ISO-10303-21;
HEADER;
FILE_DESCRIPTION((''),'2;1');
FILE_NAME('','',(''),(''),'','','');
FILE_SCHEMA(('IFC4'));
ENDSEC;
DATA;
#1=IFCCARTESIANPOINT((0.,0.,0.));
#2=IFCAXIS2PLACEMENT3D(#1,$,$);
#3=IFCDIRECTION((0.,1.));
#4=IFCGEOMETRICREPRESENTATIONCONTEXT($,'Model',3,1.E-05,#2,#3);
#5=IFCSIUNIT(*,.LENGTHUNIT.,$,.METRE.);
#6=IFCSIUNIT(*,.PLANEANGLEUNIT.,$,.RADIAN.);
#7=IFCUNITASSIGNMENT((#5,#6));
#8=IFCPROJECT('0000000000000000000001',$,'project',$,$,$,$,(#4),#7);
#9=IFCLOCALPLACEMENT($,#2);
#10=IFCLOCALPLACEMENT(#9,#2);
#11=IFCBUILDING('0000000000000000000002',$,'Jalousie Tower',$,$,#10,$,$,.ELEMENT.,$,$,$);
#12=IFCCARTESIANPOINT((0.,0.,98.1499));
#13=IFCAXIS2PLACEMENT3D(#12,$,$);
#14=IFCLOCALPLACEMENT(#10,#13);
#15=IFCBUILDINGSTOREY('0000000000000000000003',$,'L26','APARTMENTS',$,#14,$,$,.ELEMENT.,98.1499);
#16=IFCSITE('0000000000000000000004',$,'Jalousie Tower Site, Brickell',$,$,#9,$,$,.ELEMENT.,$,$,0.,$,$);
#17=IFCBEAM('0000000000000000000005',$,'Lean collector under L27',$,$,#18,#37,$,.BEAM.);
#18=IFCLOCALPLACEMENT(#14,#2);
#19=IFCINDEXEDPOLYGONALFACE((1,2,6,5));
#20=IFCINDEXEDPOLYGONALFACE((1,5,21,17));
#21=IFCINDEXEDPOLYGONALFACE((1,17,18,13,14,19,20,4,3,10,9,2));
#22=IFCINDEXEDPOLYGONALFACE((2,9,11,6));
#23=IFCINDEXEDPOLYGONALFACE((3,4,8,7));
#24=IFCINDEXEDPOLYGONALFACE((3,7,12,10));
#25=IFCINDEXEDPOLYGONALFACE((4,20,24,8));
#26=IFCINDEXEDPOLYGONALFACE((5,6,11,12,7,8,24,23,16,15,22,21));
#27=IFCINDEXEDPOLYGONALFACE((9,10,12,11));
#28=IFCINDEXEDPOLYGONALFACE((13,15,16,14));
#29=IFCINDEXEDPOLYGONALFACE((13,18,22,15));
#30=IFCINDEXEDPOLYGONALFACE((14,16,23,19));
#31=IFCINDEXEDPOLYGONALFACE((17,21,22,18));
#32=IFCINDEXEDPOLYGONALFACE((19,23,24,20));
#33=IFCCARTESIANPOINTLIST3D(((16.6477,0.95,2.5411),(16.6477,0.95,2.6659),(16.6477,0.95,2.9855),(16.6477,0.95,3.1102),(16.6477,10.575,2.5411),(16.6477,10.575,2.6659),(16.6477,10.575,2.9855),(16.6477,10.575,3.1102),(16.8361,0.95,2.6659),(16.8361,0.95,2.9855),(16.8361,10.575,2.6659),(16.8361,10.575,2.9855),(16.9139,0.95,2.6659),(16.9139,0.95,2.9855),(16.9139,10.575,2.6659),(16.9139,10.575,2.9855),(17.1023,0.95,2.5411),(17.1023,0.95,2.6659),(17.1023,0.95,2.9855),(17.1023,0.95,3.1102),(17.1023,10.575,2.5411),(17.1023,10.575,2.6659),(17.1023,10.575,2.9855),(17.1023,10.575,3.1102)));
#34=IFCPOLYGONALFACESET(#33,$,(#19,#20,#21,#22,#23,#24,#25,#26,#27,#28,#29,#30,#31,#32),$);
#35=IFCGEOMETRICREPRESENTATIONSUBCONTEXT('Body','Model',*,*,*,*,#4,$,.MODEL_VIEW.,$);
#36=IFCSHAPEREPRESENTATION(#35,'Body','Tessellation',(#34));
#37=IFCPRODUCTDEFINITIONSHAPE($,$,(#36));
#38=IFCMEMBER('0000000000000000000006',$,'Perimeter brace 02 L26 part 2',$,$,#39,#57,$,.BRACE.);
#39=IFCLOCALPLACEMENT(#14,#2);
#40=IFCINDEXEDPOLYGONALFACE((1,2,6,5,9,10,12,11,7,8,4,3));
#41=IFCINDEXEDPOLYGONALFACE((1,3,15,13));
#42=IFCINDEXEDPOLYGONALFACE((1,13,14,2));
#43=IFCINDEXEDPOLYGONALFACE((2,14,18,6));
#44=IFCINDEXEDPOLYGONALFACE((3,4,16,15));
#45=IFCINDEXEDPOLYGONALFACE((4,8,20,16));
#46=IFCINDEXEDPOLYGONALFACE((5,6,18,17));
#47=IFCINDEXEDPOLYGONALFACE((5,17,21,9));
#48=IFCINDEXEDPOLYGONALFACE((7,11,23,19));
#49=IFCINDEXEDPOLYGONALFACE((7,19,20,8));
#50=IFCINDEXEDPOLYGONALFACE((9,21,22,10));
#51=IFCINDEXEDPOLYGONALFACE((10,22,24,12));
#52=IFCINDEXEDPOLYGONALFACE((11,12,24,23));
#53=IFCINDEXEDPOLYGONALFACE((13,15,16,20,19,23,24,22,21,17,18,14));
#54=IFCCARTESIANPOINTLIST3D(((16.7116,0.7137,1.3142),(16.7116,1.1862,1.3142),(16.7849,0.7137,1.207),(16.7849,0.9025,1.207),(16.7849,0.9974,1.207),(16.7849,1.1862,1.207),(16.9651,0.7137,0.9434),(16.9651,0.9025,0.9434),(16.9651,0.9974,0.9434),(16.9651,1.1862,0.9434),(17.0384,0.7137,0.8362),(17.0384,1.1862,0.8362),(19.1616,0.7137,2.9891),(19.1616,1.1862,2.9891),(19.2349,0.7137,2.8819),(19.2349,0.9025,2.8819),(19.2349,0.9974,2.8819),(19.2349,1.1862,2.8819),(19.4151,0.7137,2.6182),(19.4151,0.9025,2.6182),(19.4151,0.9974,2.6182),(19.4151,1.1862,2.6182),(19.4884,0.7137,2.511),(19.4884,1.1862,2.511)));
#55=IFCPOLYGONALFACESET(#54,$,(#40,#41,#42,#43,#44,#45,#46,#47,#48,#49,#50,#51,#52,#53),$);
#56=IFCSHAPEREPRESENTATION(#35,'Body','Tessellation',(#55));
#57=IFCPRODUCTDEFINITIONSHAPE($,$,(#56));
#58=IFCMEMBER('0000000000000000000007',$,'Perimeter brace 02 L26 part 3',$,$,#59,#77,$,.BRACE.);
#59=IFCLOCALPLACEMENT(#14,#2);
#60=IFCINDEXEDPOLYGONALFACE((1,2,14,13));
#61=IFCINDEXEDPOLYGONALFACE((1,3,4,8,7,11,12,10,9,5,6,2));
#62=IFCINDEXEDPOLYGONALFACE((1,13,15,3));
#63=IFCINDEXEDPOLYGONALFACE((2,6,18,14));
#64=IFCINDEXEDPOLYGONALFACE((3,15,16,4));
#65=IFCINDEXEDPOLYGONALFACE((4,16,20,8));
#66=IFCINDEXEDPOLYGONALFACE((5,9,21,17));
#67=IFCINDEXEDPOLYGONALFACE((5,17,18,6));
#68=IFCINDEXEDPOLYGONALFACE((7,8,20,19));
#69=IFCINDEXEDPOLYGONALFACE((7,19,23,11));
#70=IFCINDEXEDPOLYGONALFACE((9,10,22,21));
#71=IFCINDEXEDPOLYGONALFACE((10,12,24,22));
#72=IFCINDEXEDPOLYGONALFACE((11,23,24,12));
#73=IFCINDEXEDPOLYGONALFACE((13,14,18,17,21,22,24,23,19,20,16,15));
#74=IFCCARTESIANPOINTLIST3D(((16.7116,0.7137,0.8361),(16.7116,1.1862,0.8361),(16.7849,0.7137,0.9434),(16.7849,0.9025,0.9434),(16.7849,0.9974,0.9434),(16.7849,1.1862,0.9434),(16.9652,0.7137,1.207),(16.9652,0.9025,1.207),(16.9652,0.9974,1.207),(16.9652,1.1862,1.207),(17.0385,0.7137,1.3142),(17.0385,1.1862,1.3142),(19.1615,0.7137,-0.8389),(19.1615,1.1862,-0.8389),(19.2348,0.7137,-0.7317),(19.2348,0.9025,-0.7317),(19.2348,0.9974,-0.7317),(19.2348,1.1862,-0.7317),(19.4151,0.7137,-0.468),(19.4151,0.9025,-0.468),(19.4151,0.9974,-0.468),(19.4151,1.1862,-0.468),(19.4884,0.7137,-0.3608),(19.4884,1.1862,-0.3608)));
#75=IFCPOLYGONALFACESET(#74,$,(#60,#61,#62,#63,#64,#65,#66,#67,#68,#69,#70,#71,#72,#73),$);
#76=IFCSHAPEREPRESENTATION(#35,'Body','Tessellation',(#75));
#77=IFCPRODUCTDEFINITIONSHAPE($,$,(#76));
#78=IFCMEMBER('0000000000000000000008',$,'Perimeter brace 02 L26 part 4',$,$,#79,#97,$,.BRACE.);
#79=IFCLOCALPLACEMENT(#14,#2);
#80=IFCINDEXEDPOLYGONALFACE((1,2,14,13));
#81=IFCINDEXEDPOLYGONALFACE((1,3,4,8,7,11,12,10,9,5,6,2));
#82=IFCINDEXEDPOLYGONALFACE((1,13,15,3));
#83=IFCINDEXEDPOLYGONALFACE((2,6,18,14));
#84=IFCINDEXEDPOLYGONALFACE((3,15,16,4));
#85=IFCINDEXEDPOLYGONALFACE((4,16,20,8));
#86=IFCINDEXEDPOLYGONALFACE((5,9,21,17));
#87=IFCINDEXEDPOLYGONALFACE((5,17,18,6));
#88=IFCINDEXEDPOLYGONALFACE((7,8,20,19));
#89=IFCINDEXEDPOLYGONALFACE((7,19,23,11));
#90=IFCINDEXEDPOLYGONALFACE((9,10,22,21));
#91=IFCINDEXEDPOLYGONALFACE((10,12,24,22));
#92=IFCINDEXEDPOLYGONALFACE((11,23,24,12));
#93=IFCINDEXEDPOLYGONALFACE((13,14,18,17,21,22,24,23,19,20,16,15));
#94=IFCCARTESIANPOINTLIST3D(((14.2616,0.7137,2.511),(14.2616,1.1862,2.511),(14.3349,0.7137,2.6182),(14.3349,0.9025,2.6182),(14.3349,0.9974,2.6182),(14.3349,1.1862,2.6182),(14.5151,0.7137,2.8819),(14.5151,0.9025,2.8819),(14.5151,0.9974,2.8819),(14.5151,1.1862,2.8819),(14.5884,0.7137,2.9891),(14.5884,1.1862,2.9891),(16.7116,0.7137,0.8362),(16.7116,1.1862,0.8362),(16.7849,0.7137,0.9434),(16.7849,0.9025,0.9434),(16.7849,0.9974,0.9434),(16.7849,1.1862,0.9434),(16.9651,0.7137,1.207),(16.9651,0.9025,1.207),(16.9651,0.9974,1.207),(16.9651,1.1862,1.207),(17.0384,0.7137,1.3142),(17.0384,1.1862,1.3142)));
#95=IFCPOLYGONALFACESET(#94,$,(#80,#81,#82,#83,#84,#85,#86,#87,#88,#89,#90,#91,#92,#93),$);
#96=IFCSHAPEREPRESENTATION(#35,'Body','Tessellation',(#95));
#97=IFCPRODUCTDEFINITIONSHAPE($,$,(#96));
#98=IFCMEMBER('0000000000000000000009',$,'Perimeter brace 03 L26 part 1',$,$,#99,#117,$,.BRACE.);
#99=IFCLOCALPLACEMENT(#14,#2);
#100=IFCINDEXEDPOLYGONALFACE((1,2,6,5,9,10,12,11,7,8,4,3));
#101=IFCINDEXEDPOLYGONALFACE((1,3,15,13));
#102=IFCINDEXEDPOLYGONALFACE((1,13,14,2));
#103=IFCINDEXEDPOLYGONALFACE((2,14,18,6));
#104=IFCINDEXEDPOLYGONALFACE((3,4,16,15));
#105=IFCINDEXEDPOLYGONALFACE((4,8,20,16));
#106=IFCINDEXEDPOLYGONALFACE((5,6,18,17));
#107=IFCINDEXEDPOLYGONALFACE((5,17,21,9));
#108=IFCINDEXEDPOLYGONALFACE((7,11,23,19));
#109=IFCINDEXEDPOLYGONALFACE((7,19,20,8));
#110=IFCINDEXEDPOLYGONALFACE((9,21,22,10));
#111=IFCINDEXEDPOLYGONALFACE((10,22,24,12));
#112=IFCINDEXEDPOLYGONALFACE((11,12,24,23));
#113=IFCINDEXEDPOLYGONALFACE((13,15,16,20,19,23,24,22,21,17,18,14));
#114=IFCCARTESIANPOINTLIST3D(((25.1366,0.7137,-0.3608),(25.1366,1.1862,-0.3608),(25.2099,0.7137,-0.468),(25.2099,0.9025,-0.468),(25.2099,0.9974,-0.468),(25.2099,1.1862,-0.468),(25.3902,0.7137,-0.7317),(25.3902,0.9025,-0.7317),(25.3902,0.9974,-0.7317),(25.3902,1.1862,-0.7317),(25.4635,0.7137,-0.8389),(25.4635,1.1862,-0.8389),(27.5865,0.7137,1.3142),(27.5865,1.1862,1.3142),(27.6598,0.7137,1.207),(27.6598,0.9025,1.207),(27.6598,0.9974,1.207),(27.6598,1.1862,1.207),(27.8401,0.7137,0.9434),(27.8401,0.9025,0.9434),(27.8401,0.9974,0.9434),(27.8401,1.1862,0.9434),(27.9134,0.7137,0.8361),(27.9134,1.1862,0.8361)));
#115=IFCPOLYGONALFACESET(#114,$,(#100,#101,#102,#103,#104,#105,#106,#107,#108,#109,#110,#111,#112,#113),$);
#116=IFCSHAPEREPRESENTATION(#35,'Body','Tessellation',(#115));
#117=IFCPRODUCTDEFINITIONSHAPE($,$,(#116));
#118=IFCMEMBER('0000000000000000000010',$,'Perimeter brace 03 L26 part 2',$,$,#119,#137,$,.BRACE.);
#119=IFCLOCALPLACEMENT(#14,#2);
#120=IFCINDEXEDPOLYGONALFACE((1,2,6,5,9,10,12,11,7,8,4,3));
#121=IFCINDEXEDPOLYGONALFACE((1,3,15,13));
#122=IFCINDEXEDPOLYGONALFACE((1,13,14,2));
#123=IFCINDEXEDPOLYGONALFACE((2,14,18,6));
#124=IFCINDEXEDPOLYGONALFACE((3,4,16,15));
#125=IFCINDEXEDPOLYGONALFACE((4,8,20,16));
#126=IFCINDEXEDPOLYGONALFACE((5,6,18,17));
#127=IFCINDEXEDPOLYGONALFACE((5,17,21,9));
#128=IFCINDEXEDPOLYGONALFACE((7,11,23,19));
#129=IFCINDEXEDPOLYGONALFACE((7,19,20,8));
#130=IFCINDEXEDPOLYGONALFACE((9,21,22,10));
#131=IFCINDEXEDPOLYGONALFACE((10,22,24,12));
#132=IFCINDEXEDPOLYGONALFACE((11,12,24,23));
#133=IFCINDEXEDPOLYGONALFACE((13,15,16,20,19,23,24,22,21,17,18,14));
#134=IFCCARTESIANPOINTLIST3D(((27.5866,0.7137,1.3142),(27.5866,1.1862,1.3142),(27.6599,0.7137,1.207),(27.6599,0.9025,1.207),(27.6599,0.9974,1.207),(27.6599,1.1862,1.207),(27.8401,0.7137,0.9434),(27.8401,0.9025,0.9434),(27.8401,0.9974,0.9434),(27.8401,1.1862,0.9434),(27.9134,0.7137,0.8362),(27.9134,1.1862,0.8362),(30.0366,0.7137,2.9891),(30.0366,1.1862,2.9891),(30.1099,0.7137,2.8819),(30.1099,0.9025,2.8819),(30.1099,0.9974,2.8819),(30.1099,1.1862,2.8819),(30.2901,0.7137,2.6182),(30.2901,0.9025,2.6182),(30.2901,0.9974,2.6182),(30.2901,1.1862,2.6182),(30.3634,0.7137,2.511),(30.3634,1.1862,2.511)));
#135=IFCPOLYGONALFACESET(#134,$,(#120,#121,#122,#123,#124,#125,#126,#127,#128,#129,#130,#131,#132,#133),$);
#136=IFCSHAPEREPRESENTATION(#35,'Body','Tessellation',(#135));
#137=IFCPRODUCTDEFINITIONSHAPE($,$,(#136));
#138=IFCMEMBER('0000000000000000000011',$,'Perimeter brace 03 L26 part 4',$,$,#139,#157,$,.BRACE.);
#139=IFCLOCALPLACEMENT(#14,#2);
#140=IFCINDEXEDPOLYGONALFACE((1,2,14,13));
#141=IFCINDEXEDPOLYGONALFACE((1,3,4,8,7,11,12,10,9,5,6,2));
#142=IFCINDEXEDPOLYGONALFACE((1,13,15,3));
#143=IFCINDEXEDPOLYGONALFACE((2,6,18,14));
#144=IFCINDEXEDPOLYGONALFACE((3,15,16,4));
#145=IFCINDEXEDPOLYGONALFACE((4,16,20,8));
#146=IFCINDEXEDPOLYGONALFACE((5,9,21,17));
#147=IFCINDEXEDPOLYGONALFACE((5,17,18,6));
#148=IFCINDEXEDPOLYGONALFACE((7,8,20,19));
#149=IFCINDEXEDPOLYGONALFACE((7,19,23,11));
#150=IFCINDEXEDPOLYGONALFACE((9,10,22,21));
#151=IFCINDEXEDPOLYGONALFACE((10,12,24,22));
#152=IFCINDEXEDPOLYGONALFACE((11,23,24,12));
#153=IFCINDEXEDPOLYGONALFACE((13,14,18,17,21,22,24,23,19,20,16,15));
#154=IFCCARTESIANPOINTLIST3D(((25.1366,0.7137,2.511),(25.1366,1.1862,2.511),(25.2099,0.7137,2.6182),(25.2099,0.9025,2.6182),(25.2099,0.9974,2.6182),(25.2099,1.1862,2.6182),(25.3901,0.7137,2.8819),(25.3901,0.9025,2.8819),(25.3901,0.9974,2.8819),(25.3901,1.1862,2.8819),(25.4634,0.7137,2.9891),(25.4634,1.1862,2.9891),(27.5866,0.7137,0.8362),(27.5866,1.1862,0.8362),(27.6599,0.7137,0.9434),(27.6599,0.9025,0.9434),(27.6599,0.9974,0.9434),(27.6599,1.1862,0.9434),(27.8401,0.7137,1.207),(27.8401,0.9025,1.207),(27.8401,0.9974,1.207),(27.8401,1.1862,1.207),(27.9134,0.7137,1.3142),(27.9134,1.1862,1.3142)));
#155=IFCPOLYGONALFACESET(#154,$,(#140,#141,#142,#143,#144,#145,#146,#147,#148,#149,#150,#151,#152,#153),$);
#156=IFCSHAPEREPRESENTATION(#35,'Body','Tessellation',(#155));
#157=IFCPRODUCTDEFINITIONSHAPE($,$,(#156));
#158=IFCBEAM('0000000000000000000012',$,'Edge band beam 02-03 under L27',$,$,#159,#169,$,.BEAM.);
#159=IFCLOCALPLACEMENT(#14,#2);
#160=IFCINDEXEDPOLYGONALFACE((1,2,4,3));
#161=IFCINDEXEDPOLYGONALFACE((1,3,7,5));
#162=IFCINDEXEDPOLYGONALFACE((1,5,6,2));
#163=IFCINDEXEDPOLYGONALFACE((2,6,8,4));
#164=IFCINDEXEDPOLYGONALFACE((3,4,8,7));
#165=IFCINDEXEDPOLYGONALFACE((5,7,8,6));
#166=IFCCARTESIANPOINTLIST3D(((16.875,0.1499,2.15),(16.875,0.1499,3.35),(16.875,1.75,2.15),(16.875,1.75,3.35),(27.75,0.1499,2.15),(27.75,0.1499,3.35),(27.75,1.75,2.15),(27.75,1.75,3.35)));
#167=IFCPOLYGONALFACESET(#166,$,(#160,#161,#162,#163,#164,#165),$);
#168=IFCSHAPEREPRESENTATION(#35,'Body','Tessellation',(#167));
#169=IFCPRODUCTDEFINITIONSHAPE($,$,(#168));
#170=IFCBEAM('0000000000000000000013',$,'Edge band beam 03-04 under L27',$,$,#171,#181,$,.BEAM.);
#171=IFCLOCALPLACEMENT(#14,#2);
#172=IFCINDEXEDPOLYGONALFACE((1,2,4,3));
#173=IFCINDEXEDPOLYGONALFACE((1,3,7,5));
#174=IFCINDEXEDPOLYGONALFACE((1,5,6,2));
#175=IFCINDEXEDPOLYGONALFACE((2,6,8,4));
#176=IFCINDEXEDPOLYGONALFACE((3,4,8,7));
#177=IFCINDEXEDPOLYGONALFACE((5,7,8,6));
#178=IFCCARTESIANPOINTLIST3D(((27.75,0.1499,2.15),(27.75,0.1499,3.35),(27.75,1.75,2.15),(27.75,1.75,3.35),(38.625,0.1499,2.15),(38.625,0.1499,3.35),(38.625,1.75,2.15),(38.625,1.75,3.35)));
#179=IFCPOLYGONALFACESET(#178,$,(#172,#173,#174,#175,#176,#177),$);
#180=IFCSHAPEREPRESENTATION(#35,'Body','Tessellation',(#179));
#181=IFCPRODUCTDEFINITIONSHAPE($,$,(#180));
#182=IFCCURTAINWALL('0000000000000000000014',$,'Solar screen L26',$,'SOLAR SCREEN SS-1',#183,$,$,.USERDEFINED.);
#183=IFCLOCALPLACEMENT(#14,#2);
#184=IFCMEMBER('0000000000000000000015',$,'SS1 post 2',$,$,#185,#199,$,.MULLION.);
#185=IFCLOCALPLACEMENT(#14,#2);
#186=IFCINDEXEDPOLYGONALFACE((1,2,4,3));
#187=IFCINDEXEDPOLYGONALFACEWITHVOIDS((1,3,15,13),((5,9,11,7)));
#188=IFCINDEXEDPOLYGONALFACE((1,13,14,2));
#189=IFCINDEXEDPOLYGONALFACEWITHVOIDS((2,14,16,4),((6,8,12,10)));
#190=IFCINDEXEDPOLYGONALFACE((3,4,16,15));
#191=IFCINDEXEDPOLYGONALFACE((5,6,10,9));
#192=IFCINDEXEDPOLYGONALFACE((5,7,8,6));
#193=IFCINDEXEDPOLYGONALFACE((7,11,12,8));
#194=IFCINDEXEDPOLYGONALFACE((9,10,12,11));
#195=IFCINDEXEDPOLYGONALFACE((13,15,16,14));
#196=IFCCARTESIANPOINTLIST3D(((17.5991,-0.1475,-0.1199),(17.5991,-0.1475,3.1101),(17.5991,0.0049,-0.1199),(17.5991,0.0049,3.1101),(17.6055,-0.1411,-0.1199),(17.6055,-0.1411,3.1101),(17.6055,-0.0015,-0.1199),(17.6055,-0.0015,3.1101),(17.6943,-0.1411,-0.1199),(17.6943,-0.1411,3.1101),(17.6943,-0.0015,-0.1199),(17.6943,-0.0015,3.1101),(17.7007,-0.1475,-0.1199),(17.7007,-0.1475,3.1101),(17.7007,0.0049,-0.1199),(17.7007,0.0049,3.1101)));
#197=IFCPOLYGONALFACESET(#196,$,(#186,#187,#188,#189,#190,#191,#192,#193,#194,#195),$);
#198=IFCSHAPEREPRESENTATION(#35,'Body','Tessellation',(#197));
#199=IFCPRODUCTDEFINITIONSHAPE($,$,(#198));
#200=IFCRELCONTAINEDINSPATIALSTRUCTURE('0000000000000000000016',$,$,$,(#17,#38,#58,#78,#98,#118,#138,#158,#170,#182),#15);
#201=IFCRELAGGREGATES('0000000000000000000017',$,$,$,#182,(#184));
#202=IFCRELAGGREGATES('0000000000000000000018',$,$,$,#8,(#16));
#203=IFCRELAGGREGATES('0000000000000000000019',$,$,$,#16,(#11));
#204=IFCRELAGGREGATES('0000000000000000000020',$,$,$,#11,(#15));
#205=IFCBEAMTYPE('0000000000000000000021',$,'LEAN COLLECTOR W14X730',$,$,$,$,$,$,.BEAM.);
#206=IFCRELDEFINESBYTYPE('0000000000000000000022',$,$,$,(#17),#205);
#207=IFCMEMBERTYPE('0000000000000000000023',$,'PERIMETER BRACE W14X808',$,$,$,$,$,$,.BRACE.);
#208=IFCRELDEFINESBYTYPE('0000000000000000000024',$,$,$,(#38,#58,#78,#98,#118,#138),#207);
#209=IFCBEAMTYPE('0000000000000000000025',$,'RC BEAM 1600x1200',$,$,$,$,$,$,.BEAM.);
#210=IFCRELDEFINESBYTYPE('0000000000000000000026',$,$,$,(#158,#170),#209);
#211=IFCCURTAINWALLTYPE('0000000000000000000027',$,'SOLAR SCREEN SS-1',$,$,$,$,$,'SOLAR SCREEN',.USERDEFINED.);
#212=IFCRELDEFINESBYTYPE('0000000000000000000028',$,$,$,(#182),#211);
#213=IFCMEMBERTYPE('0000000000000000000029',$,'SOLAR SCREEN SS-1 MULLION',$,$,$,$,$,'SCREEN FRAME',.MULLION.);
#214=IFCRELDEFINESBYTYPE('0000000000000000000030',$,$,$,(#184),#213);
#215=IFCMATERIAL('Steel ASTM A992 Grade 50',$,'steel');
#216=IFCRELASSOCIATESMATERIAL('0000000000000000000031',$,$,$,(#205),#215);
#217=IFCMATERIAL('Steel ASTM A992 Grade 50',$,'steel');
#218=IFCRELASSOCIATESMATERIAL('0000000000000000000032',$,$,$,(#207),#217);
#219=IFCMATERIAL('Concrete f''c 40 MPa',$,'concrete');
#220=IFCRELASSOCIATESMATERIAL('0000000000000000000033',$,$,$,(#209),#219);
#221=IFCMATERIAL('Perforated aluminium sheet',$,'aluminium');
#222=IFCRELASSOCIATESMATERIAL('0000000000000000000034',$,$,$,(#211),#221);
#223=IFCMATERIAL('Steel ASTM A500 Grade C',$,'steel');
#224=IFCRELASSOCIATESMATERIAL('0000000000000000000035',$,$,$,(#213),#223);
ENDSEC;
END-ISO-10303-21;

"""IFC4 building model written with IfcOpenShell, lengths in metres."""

from ifc_helpers import new_model, si_unit, direction, frame, origin, origin_2d, place, context, subcontext, project, spatial, rectangle, hollow_rectangle, i_section, extrude, material, material_profile, profile_set, type_object, element, aggregate, save


model = new_model("IFC4")

# Units and contexts
model_context = context("Model", 3, precision=1e-05, world=origin(), true_north=direction((0.0, 1.0)))
body_context = subcontext(model_context, "Body", "Model", "MODEL_VIEW")
ifc_project = project(units=[si_unit("LENGTHUNIT", "METRE"), si_unit("PLANEANGLEUNIT", "RADIAN")], contexts=[model_context])

# Site, building, storey
site_placement = place(None, origin())
site = spatial("IfcSite", under=ifc_project, at=site_placement, Name="Jalousie Tower Site, Brickell", CompositionType="ELEMENT", RefElevation=0.0)
building_placement = place(site_placement, origin())
building = spatial("IfcBuilding", under=site, at=building_placement, Name="Jalousie Tower", CompositionType="ELEMENT")
storey_placement = place(building_placement, frame((0.0, 0.0, 98.1499)))
storey = spatial("IfcBuildingStorey", under=building, at=storey_placement, Name="L26", Description="APARTMENTS", CompositionType="ELEMENT", Elevation=98.1499)

# Beam
ifc_material_1 = material(Name="Steel ASTM A992 Grade 50", Category="steel")
ifc_material_profile_1 = material_profile(ifc_material_1, i_section(OverallWidth=0.4546, OverallDepth=0.5691, WebThickness=0.0779, FlangeThickness=0.1248, at=origin_2d()), Name="W14X730")
ifc_profile_set_1 = profile_set([ifc_material_profile_1], Name="Steel ASTM A992 Grade 50")
beam_type_1 = type_object("IfcBeamType", Name="LEAN COLLECTOR W14X730", PredefinedType="BEAM", material=ifc_profile_set_1)
beam_placement = place(storey_placement, frame((16.875, 0.95, 2.8257), z_axis=(0.0, 1.0, 0.0), x_axis=(-1.0, 0.0, 0.0)))
element("IfcBeam", 1, at=beam_placement, inside=storey, type_object=beam_type_1, Name="Lean collector under L27", PredefinedType="BEAM", context=body_context, shape_type="SweptSolid", body=[
    extrude(i_section(OverallWidth=0.4546, OverallDepth=0.5691, WebThickness=0.0779, FlangeThickness=0.1248, at=origin_2d()), origin(), (0.0, 0.0, 1.0), 9.625),
])

# Members
ifc_material_2 = material(Name="Steel ASTM A992 Grade 50", Category="steel")
ifc_material_profile_2 = material_profile(ifc_material_2, i_section(OverallWidth=0.4724, OverallDepth=0.5791, WebThickness=0.095, FlangeThickness=0.1299, at=origin_2d()), Name="W14X808")
ifc_profile_set_2 = profile_set([ifc_material_profile_2], Name="Steel ASTM A992 Grade 50")
member_type_1 = type_object("IfcMemberType", Name="PERIMETER BRACE W14X808", PredefinedType="BRACE", material=ifc_profile_set_2)
for number, where, z_axis, x_axis, name in (
    (2, (16.875, 0.95, 1.0752), (0.825539, 0.0, 0.564345), (0.0, 1.0, 0.0), "Perimeter brace 02 L26 part 2"),
    (3, (19.325, 0.95, -0.5999), (-0.825501, 0.0, 0.564401), (0.0, -1.0, 0.0), "Perimeter brace 02 L26 part 3"),
    (4, (16.875, 0.95, 1.0752), (-0.825539, 0.0, 0.564345), (0.0, -1.0, 0.0), "Perimeter brace 02 L26 part 4"),
    (5, (25.3, 0.95, -0.5999), (0.825501, 0.0, 0.564401), (0.0, 1.0, 0.0), "Perimeter brace 03 L26 part 1"),
    (6, (27.75, 0.95, 1.0752), (0.825539, 0.0, 0.564345), (0.0, 1.0, 0.0), "Perimeter brace 03 L26 part 2"),
    (7, (27.75, 0.95, 1.0752), (-0.825539, 0.0, 0.564345), (0.0, -1.0, 0.0), "Perimeter brace 03 L26 part 4"),
):
    element("IfcMember", number, at=place(storey_placement, frame(where, z_axis=z_axis, x_axis=x_axis)), inside=storey, type_object=member_type_1, Name=name, PredefinedType="BRACE", context=body_context, shape_type="SweptSolid", body=[
        extrude(i_section(OverallWidth=0.4724, OverallDepth=0.5791, WebThickness=0.095, FlangeThickness=0.1299, at=origin_2d()), origin(), (0.0, 0.0, 1.0), 2.9678),
    ])

# Beams
ifc_material_3 = material(Name="Concrete f'c 40 MPa", Category="concrete")
ifc_material_profile_3 = material_profile(ifc_material_3, rectangle(XDim=1.6001, YDim=1.2, at=origin_2d()), Name="RC 1600x1200")
ifc_profile_set_3 = profile_set([ifc_material_profile_3], Name="Concrete f'c 40 MPa")
beam_type_2 = type_object("IfcBeamType", Name="RC BEAM 1600x1200", PredefinedType="BEAM", material=ifc_profile_set_3)
for number, where, z_axis, x_axis, name in (
    (8, (16.875, 0.95, 2.75), (1.0, 0.0, 0.0), (0.0, 1.0, 0.0), "Edge band beam 02-03 under L27"),
    (9, (27.75, 0.95, 2.75), (1.0, 0.0, 0.0), (0.0, 1.0, 0.0), "Edge band beam 03-04 under L27"),
):
    element("IfcBeam", number, at=place(storey_placement, frame(where, z_axis=z_axis, x_axis=x_axis)), inside=storey, type_object=beam_type_2, Name=name, PredefinedType="BEAM", context=body_context, shape_type="SweptSolid", body=[
        extrude(rectangle(XDim=1.6001, YDim=1.2, at=origin_2d()), origin(), (0.0, 0.0, 1.0), 10.875),
    ])

# Curtain wall, member
ifc_material_4 = material(Name="Perforated aluminium sheet", Category="aluminium")
curtain_wall_type = type_object("IfcCurtainWallType", Name="SOLAR SCREEN SS-1", ElementType="SOLAR SCREEN", PredefinedType="USERDEFINED", material=ifc_material_4)
curtain_wall_1_placement = place(storey_placement, origin())
curtain_wall_1 = element("IfcCurtainWall", 10, at=curtain_wall_1_placement, inside=storey, type_object=curtain_wall_type, Name="Solar screen L26", ObjectType="SOLAR SCREEN SS-1", PredefinedType="USERDEFINED")
ifc_material_5 = material(Name="Steel ASTM A500 Grade C", Category="steel")
ifc_material_profile_4 = material_profile(ifc_material_5, hollow_rectangle(XDim=0.1016, YDim=0.1523, WallThickness=0.0063, at=origin_2d()), Name="HSS6X4X1/4")
ifc_profile_set_4 = profile_set([ifc_material_profile_4], Name="Steel ASTM A500 Grade C")
member_type_2 = type_object("IfcMemberType", Name="SOLAR SCREEN SS-1 MULLION", ElementType="SCREEN FRAME", PredefinedType="MULLION", material=ifc_profile_set_4)
member_1_placement = place(storey_placement, frame((17.6499, -0.0713, -0.1199), z_axis=(0.0, 0.0, 1.0), x_axis=(1.0, 0.0, 0.0)))
member_1 = element("IfcMember", 11, at=member_1_placement, type_object=member_type_2, Name="SS1 post 2", PredefinedType="MULLION", context=body_context, shape_type="SweptSolid", body=[
    extrude(hollow_rectangle(XDim=0.1016, YDim=0.1523, WallThickness=0.0063, at=origin_2d()), origin(), (0.0, 0.0, 1.0), 3.23),
])
aggregate(curtain_wall_1, [member_1])

save(model, "model.ifc")
